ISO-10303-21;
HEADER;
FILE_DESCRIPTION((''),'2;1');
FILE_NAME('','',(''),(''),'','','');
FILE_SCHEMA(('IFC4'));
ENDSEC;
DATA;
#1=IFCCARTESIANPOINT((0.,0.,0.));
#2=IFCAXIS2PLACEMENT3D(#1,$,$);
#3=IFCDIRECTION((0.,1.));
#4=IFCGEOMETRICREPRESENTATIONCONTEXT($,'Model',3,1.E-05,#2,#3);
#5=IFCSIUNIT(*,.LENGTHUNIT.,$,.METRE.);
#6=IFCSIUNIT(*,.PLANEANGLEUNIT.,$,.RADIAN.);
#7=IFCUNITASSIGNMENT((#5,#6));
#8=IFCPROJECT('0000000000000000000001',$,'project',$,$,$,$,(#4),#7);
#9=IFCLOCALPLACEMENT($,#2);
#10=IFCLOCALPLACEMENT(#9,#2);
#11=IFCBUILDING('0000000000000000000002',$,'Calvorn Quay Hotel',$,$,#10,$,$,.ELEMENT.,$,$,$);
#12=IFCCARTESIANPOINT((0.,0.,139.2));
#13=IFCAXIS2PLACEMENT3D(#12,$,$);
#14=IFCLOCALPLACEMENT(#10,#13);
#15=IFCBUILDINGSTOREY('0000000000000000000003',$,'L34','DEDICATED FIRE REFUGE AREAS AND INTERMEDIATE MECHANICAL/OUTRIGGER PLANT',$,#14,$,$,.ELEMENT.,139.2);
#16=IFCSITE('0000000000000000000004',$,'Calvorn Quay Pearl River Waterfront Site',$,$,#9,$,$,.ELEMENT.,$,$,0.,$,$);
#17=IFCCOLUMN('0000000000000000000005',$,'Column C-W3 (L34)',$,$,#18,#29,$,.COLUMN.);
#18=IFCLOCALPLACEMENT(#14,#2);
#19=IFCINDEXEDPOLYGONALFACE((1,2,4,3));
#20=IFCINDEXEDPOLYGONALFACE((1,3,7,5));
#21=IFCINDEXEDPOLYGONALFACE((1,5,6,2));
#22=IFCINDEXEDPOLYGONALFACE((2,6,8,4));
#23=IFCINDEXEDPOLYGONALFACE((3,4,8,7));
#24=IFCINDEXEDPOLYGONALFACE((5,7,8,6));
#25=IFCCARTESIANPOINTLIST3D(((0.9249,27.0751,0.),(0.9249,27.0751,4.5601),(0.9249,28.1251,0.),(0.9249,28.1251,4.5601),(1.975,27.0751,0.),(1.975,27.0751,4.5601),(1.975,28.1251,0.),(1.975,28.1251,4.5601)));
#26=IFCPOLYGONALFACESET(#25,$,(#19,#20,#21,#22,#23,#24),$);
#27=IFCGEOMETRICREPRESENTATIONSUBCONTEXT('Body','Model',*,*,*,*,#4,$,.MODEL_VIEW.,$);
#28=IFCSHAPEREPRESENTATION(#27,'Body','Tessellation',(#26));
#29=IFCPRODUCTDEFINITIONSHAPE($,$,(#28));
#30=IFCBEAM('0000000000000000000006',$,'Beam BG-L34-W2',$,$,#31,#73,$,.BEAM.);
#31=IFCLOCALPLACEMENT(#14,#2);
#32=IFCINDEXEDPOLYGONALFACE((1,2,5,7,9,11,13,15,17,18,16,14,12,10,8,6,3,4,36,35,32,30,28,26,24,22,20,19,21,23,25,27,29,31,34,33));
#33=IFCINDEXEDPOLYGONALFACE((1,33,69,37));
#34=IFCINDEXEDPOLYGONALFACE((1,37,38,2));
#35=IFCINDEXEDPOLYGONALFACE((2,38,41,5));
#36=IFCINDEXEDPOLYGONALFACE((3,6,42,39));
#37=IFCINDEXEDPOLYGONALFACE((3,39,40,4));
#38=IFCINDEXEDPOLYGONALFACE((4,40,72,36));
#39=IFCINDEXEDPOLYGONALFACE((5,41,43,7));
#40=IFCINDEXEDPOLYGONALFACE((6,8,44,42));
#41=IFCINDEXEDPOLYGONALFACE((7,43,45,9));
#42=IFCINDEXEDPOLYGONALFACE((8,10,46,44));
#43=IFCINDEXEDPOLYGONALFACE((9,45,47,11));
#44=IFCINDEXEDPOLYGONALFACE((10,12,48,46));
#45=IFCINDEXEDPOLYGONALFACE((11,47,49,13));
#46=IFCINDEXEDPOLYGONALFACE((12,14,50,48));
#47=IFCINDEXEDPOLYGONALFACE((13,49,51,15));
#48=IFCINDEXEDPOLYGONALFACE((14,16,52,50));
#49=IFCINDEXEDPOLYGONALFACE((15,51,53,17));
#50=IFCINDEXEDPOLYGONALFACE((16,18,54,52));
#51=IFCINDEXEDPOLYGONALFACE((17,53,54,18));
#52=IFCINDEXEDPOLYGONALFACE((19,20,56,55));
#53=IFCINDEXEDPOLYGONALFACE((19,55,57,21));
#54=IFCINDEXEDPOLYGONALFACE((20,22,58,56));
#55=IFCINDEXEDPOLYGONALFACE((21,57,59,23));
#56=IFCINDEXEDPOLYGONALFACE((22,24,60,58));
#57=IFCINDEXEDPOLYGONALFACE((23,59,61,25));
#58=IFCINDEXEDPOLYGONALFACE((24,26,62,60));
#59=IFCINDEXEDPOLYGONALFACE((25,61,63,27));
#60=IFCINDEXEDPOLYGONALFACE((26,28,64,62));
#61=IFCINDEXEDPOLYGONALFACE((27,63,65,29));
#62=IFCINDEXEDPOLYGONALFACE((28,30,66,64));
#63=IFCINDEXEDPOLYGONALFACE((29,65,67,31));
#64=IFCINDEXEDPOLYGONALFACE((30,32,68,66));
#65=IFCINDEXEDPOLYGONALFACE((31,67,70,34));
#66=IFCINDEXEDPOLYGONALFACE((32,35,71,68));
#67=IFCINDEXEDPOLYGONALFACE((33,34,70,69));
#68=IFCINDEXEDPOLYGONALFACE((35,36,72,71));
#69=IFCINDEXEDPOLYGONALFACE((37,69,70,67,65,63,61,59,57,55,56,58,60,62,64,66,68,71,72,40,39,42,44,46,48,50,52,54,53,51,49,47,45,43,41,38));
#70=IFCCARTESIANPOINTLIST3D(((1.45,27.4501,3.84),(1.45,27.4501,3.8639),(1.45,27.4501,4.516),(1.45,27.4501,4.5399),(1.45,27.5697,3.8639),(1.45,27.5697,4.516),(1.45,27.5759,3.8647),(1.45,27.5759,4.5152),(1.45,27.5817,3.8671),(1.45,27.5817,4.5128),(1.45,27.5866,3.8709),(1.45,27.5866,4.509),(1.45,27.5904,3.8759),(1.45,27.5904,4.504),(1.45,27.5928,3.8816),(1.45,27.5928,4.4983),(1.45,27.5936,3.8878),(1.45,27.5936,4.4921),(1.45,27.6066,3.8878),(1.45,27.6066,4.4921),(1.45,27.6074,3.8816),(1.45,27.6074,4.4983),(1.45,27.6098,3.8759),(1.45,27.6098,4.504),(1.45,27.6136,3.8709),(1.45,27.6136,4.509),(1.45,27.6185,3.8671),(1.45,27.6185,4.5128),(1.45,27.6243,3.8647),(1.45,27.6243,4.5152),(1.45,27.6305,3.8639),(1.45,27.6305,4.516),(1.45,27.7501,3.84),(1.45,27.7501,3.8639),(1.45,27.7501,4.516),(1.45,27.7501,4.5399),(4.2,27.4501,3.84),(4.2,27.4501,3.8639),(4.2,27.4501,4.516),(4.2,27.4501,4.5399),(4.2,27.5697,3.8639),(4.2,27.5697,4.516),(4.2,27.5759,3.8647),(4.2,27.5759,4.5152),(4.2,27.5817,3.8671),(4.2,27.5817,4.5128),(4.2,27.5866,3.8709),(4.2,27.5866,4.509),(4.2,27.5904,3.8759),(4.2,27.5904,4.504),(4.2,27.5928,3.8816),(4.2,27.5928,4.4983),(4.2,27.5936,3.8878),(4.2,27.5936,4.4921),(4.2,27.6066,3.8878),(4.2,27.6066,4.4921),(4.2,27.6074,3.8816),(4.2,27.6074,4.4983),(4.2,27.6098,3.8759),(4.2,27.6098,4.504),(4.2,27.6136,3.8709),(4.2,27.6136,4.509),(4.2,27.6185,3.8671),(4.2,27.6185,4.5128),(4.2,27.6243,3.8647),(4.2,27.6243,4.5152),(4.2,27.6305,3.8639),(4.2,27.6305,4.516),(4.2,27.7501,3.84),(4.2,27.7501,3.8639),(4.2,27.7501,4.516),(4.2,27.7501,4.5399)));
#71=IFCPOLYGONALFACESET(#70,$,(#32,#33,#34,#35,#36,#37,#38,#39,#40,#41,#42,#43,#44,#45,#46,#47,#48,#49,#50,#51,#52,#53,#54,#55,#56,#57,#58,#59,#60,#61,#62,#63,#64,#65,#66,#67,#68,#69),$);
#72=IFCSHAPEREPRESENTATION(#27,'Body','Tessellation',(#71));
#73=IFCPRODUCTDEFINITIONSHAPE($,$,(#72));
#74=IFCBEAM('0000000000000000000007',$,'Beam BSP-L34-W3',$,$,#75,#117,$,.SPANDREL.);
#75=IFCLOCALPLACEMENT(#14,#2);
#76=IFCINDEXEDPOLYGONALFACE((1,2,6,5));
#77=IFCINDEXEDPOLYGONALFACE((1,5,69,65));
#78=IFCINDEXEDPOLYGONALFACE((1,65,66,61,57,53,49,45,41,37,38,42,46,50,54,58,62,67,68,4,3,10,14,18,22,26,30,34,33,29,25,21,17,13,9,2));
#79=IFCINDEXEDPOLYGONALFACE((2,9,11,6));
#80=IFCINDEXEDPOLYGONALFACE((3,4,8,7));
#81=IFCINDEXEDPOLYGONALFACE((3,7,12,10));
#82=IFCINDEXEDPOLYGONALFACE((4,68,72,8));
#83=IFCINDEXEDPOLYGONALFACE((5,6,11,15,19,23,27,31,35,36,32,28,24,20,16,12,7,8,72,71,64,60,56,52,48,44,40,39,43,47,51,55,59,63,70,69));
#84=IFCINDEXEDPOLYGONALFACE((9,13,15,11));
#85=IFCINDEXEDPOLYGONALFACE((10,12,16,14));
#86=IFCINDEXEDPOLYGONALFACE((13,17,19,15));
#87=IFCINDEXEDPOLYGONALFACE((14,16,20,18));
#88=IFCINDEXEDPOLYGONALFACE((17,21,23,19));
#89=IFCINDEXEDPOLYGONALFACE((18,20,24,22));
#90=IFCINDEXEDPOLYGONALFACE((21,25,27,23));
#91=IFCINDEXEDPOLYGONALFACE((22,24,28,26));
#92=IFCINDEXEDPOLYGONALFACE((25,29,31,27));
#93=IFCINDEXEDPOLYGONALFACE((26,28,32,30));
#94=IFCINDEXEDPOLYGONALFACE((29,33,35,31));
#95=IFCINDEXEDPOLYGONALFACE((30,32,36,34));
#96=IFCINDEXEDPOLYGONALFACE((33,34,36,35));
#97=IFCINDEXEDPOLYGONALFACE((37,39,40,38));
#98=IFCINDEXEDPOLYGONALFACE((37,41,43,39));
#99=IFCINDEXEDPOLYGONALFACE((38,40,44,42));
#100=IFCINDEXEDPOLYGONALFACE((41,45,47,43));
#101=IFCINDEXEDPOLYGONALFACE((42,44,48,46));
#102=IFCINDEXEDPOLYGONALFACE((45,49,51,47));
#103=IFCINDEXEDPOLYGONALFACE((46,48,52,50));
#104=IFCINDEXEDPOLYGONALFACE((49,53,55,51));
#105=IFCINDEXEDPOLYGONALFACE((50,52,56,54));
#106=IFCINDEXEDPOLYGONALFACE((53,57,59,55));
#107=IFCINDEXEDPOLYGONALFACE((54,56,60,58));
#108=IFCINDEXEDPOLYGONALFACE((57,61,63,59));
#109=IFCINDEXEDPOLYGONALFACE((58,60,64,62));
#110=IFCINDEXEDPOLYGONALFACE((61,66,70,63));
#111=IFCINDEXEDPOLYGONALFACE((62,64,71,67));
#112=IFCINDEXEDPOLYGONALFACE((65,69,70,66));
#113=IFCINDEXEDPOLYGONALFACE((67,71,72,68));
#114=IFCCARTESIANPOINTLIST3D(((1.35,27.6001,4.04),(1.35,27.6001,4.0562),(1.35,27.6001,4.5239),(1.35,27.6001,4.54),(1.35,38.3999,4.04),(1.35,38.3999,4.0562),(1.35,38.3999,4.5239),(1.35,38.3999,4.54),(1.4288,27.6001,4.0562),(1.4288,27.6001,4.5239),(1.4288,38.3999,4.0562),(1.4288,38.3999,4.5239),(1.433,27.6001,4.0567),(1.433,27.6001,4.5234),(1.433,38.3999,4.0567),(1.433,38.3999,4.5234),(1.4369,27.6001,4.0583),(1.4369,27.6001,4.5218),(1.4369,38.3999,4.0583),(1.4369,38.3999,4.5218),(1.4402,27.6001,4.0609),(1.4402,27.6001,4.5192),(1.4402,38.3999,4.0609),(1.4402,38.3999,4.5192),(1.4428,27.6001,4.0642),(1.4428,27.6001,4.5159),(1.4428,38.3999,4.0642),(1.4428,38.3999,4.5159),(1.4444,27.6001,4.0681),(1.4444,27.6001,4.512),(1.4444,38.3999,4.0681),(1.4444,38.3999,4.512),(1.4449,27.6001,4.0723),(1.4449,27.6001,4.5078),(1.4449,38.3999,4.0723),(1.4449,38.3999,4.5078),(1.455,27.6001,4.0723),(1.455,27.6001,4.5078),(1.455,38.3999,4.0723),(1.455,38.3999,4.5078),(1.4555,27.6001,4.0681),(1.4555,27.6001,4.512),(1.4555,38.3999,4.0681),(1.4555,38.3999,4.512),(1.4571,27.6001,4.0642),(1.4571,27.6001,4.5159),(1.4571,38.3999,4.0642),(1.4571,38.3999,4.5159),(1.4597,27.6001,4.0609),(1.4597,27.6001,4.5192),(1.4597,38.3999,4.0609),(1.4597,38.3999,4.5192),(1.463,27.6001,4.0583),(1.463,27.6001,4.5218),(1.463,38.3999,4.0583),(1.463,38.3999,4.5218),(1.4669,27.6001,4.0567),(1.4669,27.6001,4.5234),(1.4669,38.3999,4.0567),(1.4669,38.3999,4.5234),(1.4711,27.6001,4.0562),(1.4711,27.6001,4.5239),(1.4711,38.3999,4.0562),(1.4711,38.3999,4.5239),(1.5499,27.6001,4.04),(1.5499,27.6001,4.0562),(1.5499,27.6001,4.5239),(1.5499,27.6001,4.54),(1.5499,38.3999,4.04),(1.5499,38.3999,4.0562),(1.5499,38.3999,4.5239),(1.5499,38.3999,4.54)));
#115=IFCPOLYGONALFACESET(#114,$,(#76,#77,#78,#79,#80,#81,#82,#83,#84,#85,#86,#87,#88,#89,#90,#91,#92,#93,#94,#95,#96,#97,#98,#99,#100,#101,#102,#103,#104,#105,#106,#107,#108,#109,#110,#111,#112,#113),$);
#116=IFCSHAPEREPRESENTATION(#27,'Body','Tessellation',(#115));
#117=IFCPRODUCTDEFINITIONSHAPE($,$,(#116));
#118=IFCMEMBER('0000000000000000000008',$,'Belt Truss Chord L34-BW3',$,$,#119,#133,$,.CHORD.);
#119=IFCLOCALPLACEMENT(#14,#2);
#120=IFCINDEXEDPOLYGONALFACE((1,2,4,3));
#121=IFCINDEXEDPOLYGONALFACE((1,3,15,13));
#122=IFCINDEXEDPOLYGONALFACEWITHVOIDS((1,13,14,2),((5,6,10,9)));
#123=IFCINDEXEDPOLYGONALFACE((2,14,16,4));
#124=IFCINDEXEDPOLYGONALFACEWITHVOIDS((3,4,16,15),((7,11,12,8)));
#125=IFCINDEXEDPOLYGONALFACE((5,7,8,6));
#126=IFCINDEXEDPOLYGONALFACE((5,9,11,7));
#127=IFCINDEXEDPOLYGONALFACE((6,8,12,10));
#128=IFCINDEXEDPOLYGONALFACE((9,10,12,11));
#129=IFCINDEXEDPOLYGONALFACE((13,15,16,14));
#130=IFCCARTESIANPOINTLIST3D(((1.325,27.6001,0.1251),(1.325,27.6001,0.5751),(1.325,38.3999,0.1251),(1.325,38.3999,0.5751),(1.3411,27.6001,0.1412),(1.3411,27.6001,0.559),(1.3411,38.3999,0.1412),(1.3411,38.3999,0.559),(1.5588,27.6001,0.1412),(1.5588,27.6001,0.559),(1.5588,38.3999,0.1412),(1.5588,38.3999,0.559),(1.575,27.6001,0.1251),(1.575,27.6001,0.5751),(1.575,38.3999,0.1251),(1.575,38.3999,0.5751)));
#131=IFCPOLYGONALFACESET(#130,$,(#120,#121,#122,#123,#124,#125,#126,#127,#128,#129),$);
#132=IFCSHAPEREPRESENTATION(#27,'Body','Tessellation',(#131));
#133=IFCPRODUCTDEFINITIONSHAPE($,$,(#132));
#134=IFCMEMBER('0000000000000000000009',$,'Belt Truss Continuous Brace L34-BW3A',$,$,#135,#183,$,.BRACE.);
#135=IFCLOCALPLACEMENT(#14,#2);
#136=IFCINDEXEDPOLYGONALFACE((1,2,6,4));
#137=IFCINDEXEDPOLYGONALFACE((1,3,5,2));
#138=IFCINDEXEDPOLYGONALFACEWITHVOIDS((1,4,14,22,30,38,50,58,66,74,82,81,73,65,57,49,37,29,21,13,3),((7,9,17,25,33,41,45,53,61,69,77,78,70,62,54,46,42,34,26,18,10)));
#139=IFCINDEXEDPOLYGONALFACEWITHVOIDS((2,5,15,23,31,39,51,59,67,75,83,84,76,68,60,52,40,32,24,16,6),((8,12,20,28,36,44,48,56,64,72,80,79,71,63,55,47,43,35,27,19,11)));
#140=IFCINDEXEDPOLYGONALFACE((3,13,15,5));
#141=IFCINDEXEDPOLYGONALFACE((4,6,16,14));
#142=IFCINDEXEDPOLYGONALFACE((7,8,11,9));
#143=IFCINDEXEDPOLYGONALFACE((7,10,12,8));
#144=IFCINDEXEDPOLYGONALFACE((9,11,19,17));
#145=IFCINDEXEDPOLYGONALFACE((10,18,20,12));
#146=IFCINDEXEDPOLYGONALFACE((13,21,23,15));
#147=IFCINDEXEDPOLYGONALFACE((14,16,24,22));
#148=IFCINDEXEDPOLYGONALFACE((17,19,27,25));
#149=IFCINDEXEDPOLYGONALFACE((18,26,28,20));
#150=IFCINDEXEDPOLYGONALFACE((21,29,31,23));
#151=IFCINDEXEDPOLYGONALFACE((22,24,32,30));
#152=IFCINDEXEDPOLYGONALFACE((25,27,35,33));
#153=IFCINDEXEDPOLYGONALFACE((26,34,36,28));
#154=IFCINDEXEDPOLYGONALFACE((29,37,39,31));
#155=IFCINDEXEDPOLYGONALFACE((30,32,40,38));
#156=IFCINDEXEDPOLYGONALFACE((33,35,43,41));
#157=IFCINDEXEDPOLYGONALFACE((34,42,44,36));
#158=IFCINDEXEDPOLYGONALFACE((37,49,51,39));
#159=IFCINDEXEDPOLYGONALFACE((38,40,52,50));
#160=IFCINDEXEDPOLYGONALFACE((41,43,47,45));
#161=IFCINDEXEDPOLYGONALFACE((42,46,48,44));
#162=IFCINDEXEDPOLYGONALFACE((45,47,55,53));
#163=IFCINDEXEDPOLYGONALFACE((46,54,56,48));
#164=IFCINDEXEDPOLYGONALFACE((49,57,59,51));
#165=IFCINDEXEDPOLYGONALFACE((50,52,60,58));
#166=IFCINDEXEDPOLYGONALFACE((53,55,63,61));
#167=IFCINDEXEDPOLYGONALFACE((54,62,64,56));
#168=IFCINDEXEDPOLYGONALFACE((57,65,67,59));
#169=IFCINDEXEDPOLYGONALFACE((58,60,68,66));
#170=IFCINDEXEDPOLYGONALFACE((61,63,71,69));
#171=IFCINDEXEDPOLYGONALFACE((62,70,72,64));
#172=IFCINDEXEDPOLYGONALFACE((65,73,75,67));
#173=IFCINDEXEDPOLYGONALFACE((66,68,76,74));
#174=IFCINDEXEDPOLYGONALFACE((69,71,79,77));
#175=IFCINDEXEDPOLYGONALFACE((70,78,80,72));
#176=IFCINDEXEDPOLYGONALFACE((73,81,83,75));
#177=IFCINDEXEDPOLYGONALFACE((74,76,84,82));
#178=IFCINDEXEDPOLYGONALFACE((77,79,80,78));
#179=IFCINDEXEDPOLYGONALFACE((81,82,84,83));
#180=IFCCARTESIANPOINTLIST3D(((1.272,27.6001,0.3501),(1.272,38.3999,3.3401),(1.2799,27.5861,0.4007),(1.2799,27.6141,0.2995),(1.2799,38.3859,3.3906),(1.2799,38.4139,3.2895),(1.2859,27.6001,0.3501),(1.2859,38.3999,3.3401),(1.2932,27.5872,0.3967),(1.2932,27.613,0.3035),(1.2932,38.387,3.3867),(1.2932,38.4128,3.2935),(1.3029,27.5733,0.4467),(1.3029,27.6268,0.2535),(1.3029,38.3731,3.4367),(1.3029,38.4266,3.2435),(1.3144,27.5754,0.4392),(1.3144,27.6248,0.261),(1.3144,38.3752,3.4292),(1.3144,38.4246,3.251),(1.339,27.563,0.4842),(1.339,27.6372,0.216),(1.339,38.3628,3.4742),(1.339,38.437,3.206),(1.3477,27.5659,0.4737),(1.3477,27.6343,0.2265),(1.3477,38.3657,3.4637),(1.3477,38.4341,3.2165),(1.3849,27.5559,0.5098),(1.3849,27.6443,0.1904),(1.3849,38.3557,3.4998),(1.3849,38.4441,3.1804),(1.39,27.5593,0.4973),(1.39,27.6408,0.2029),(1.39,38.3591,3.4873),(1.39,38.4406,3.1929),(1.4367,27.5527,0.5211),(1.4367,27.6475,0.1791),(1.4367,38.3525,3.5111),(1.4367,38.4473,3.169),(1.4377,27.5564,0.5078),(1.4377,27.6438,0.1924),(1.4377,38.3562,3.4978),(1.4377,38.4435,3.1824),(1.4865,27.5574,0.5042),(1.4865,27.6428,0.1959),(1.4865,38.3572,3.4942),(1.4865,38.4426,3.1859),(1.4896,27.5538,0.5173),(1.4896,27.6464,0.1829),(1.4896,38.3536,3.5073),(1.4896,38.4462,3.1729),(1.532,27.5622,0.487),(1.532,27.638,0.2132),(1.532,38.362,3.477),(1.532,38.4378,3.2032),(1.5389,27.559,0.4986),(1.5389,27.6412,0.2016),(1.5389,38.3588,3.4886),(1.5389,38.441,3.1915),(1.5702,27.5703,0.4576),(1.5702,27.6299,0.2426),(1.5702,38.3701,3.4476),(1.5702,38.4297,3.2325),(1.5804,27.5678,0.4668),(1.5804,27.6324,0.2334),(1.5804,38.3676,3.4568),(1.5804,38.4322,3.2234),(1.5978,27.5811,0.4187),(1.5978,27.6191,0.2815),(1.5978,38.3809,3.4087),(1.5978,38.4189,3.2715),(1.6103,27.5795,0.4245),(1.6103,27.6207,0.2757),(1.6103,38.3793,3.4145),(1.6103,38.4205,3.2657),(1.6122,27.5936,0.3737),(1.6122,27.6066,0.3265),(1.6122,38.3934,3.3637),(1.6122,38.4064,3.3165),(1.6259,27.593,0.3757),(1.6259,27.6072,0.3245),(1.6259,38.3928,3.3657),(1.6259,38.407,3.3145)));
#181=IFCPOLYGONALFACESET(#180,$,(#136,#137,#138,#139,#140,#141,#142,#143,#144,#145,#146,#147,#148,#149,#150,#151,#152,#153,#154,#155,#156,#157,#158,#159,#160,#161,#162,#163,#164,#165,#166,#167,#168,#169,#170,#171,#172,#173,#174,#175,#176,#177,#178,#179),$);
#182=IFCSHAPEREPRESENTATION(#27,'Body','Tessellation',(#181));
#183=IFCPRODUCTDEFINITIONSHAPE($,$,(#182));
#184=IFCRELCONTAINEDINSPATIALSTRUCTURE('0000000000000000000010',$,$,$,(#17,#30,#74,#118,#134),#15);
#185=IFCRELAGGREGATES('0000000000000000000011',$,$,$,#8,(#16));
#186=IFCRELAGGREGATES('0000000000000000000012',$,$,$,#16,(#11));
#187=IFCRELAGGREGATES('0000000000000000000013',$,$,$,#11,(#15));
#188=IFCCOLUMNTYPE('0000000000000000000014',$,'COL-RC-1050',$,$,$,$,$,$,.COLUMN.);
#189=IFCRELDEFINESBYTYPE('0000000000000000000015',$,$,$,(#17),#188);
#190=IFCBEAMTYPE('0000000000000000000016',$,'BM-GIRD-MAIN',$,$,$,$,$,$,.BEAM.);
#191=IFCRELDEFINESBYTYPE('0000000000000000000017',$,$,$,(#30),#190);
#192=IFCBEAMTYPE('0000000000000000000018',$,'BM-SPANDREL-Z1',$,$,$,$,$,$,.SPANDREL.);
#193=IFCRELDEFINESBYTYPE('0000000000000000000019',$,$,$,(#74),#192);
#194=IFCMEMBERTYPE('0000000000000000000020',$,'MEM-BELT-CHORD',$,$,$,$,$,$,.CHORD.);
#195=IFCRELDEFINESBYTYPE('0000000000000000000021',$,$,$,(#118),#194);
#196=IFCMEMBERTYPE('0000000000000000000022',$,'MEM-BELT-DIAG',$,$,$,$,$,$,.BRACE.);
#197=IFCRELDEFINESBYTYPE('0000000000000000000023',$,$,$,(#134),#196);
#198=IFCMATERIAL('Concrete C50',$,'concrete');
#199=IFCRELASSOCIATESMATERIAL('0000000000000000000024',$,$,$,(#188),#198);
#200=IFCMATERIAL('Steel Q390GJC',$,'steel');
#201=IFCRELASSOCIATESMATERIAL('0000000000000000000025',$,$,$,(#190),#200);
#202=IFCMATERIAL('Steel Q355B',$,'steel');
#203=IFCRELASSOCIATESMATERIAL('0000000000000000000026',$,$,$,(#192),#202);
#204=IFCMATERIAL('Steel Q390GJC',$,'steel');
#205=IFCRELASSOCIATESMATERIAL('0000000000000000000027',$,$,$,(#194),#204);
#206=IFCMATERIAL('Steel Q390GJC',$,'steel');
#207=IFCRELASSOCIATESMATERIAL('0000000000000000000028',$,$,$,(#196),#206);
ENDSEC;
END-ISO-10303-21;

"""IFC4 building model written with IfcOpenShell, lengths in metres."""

from ifc_helpers import new_model, si_unit, direction, frame, origin, origin_2d, place, context, subcontext, project, spatial, rectangle, hollow_rectangle, hollow_circle, i_section, extrude, material, material_profile, profile_set, type_object, element, save


model = new_model("IFC4")

# Units and contexts
model_context = context("Model", 3, precision=1e-05, world=origin(), true_north=direction((0.0, 1.0)))
body_context = subcontext(model_context, "Body", "Model", "MODEL_VIEW")
ifc_project = project(units=[si_unit("LENGTHUNIT", "METRE"), si_unit("PLANEANGLEUNIT", "RADIAN")], contexts=[model_context])

# Site, building, storey
site_placement = place(None, origin())
site = spatial("IfcSite", under=ifc_project, at=site_placement, Name="Calvorn Quay Pearl River Waterfront Site", CompositionType="ELEMENT", RefElevation=0.0)
building_placement = place(site_placement, origin())
building = spatial("IfcBuilding", under=site, at=building_placement, Name="Calvorn Quay Hotel", CompositionType="ELEMENT")
storey_placement = place(building_placement, frame((0.0, 0.0, 139.2)))
storey = spatial("IfcBuildingStorey", under=building, at=storey_placement, Name="L34", Description="DEDICATED FIRE REFUGE AREAS AND INTERMEDIATE MECHANICAL/OUTRIGGER PLANT", CompositionType="ELEMENT", Elevation=139.2)

# Column
ifc_material_1 = material(Name="Concrete C50", Category="concrete")
ifc_material_profile_1 = material_profile(ifc_material_1, rectangle(XDim=1.05, YDim=1.05, at=origin_2d()), Name="RC1050x1050")
ifc_profile_set_1 = profile_set([ifc_material_profile_1], Name="Concrete C50")
column_type = type_object("IfcColumnType", Name="COL-RC-1050", PredefinedType="COLUMN", material=ifc_profile_set_1)
column_placement = place(storey_placement, frame((1.45, 27.6001, 0.0), z_axis=(0.0, 0.0, 1.0), x_axis=(1.0, 0.0, 0.0)))
element("IfcColumn", 1, at=column_placement, inside=storey, type_object=column_type, Name="Column C-W3 (L34)", PredefinedType="COLUMN", context=body_context, shape_type="SweptSolid", body=[
    extrude(rectangle(XDim=1.05, YDim=1.05, at=origin_2d()), origin(), (0.0, 0.0, 1.0), 4.5601),
])

# Beams
ifc_material_2 = material(Name="Steel Q390GJC", Category="steel")
ifc_material_profile_2 = material_profile(ifc_material_2, i_section(OverallWidth=0.3, OverallDepth=0.7, WebThickness=0.0129, FlangeThickness=0.0239, FilletRadius=0.0239, at=origin_2d()), Name="HN700x300x13x24")
ifc_profile_set_2 = profile_set([ifc_material_profile_2], Name="Steel Q390GJC")
beam_type_1 = type_object("IfcBeamType", Name="BM-GIRD-MAIN", PredefinedType="BEAM", material=ifc_profile_set_2)
beam_1_placement = place(storey_placement, frame((1.45, 27.6001, 4.1899), z_axis=(1.0, 0.0, 0.0), x_axis=(0.0, 1.0, 0.0)))
element("IfcBeam", 2, at=beam_1_placement, inside=storey, type_object=beam_type_1, Name="Beam BG-L34-W2", PredefinedType="BEAM", context=body_context, shape_type="SweptSolid", body=[
    extrude(i_section(OverallWidth=0.3, OverallDepth=0.7, WebThickness=0.0129, FlangeThickness=0.0239, FilletRadius=0.0239, at=origin_2d()), origin(), (0.0, 0.0, 1.0), 2.75),
])
ifc_material_3 = material(Name="Steel Q355B", Category="steel")
ifc_material_profile_3 = material_profile(ifc_material_3, i_section(OverallWidth=0.2, OverallDepth=0.5, WebThickness=0.01, FlangeThickness=0.0161, FilletRadius=0.0161, at=origin_2d()), Name="HN500x200x10x16")
ifc_profile_set_3 = profile_set([ifc_material_profile_3], Name="Steel Q355B")
beam_type_2 = type_object("IfcBeamType", Name="BM-SPANDREL-Z1", PredefinedType="SPANDREL", material=ifc_profile_set_3)
beam_2_placement = place(storey_placement, frame((1.45, 27.6001, 4.29), z_axis=(0.0, 1.0, 0.0), x_axis=(-1.0, 0.0, 0.0)))
element("IfcBeam", 3, at=beam_2_placement, inside=storey, type_object=beam_type_2, Name="Beam BSP-L34-W3", PredefinedType="SPANDREL", context=body_context, shape_type="SweptSolid", body=[
    extrude(i_section(OverallWidth=0.2, OverallDepth=0.5, WebThickness=0.01, FlangeThickness=0.0161, FilletRadius=0.0161, at=origin_2d()), origin(), (0.0, 0.0, 1.0), 10.7998),
])

# Members
ifc_material_4 = material(Name="Steel Q390GJC", Category="steel")
ifc_material_profile_4 = material_profile(ifc_material_4, hollow_rectangle(XDim=0.25, YDim=0.45, WallThickness=0.0161, at=origin_2d()), Name="RHS450x250x16")
ifc_profile_set_4 = profile_set([ifc_material_profile_4], Name="Steel Q390GJC")
member_type_1 = type_object("IfcMemberType", Name="MEM-BELT-CHORD", PredefinedType="CHORD", material=ifc_profile_set_4)
member_1_placement = place(storey_placement, frame((1.45, 27.6001, 0.3501), z_axis=(0.0, 1.0, 0.0), x_axis=(-1.0, 0.0, 0.0)))
element("IfcMember", 4, at=member_1_placement, inside=storey, type_object=member_type_1, Name="Belt Truss Chord L34-BW3", PredefinedType="CHORD", context=body_context, shape_type="SweptSolid", body=[
    extrude(hollow_rectangle(XDim=0.25, YDim=0.45, WallThickness=0.0161, at=origin_2d()), origin(), (0.0, 0.0, 1.0), 10.7998),
])
ifc_material_5 = material(Name="Steel Q390GJC", Category="steel")
ifc_material_profile_5 = material_profile(ifc_material_5, hollow_circle(Radius=0.178, WallThickness=0.0139, at=origin_2d()), Name="CHS356x14")
ifc_profile_set_5 = profile_set([ifc_material_profile_5], Name="Steel Q390GJC")
member_type_2 = type_object("IfcMemberType", Name="MEM-BELT-DIAG", PredefinedType="BRACE", material=ifc_profile_set_5)
member_2_placement = place(storey_placement, frame((1.45, 27.6001, 0.3501), z_axis=(0.0, 0.963747, 0.266819), x_axis=(-1.0, 0.0, 0.0)))
element("IfcMember", 5, at=member_2_placement, inside=storey, type_object=member_type_2, Name="Belt Truss Continuous Brace L34-BW3A", PredefinedType="BRACE", context=body_context, shape_type="SweptSolid", body=[
    extrude(hollow_circle(Radius=0.178, WallThickness=0.0139, at=origin_2d()), origin(), (0.0, 0.0, 1.0), 11.2061),
])

save(model, "model.ifc")
